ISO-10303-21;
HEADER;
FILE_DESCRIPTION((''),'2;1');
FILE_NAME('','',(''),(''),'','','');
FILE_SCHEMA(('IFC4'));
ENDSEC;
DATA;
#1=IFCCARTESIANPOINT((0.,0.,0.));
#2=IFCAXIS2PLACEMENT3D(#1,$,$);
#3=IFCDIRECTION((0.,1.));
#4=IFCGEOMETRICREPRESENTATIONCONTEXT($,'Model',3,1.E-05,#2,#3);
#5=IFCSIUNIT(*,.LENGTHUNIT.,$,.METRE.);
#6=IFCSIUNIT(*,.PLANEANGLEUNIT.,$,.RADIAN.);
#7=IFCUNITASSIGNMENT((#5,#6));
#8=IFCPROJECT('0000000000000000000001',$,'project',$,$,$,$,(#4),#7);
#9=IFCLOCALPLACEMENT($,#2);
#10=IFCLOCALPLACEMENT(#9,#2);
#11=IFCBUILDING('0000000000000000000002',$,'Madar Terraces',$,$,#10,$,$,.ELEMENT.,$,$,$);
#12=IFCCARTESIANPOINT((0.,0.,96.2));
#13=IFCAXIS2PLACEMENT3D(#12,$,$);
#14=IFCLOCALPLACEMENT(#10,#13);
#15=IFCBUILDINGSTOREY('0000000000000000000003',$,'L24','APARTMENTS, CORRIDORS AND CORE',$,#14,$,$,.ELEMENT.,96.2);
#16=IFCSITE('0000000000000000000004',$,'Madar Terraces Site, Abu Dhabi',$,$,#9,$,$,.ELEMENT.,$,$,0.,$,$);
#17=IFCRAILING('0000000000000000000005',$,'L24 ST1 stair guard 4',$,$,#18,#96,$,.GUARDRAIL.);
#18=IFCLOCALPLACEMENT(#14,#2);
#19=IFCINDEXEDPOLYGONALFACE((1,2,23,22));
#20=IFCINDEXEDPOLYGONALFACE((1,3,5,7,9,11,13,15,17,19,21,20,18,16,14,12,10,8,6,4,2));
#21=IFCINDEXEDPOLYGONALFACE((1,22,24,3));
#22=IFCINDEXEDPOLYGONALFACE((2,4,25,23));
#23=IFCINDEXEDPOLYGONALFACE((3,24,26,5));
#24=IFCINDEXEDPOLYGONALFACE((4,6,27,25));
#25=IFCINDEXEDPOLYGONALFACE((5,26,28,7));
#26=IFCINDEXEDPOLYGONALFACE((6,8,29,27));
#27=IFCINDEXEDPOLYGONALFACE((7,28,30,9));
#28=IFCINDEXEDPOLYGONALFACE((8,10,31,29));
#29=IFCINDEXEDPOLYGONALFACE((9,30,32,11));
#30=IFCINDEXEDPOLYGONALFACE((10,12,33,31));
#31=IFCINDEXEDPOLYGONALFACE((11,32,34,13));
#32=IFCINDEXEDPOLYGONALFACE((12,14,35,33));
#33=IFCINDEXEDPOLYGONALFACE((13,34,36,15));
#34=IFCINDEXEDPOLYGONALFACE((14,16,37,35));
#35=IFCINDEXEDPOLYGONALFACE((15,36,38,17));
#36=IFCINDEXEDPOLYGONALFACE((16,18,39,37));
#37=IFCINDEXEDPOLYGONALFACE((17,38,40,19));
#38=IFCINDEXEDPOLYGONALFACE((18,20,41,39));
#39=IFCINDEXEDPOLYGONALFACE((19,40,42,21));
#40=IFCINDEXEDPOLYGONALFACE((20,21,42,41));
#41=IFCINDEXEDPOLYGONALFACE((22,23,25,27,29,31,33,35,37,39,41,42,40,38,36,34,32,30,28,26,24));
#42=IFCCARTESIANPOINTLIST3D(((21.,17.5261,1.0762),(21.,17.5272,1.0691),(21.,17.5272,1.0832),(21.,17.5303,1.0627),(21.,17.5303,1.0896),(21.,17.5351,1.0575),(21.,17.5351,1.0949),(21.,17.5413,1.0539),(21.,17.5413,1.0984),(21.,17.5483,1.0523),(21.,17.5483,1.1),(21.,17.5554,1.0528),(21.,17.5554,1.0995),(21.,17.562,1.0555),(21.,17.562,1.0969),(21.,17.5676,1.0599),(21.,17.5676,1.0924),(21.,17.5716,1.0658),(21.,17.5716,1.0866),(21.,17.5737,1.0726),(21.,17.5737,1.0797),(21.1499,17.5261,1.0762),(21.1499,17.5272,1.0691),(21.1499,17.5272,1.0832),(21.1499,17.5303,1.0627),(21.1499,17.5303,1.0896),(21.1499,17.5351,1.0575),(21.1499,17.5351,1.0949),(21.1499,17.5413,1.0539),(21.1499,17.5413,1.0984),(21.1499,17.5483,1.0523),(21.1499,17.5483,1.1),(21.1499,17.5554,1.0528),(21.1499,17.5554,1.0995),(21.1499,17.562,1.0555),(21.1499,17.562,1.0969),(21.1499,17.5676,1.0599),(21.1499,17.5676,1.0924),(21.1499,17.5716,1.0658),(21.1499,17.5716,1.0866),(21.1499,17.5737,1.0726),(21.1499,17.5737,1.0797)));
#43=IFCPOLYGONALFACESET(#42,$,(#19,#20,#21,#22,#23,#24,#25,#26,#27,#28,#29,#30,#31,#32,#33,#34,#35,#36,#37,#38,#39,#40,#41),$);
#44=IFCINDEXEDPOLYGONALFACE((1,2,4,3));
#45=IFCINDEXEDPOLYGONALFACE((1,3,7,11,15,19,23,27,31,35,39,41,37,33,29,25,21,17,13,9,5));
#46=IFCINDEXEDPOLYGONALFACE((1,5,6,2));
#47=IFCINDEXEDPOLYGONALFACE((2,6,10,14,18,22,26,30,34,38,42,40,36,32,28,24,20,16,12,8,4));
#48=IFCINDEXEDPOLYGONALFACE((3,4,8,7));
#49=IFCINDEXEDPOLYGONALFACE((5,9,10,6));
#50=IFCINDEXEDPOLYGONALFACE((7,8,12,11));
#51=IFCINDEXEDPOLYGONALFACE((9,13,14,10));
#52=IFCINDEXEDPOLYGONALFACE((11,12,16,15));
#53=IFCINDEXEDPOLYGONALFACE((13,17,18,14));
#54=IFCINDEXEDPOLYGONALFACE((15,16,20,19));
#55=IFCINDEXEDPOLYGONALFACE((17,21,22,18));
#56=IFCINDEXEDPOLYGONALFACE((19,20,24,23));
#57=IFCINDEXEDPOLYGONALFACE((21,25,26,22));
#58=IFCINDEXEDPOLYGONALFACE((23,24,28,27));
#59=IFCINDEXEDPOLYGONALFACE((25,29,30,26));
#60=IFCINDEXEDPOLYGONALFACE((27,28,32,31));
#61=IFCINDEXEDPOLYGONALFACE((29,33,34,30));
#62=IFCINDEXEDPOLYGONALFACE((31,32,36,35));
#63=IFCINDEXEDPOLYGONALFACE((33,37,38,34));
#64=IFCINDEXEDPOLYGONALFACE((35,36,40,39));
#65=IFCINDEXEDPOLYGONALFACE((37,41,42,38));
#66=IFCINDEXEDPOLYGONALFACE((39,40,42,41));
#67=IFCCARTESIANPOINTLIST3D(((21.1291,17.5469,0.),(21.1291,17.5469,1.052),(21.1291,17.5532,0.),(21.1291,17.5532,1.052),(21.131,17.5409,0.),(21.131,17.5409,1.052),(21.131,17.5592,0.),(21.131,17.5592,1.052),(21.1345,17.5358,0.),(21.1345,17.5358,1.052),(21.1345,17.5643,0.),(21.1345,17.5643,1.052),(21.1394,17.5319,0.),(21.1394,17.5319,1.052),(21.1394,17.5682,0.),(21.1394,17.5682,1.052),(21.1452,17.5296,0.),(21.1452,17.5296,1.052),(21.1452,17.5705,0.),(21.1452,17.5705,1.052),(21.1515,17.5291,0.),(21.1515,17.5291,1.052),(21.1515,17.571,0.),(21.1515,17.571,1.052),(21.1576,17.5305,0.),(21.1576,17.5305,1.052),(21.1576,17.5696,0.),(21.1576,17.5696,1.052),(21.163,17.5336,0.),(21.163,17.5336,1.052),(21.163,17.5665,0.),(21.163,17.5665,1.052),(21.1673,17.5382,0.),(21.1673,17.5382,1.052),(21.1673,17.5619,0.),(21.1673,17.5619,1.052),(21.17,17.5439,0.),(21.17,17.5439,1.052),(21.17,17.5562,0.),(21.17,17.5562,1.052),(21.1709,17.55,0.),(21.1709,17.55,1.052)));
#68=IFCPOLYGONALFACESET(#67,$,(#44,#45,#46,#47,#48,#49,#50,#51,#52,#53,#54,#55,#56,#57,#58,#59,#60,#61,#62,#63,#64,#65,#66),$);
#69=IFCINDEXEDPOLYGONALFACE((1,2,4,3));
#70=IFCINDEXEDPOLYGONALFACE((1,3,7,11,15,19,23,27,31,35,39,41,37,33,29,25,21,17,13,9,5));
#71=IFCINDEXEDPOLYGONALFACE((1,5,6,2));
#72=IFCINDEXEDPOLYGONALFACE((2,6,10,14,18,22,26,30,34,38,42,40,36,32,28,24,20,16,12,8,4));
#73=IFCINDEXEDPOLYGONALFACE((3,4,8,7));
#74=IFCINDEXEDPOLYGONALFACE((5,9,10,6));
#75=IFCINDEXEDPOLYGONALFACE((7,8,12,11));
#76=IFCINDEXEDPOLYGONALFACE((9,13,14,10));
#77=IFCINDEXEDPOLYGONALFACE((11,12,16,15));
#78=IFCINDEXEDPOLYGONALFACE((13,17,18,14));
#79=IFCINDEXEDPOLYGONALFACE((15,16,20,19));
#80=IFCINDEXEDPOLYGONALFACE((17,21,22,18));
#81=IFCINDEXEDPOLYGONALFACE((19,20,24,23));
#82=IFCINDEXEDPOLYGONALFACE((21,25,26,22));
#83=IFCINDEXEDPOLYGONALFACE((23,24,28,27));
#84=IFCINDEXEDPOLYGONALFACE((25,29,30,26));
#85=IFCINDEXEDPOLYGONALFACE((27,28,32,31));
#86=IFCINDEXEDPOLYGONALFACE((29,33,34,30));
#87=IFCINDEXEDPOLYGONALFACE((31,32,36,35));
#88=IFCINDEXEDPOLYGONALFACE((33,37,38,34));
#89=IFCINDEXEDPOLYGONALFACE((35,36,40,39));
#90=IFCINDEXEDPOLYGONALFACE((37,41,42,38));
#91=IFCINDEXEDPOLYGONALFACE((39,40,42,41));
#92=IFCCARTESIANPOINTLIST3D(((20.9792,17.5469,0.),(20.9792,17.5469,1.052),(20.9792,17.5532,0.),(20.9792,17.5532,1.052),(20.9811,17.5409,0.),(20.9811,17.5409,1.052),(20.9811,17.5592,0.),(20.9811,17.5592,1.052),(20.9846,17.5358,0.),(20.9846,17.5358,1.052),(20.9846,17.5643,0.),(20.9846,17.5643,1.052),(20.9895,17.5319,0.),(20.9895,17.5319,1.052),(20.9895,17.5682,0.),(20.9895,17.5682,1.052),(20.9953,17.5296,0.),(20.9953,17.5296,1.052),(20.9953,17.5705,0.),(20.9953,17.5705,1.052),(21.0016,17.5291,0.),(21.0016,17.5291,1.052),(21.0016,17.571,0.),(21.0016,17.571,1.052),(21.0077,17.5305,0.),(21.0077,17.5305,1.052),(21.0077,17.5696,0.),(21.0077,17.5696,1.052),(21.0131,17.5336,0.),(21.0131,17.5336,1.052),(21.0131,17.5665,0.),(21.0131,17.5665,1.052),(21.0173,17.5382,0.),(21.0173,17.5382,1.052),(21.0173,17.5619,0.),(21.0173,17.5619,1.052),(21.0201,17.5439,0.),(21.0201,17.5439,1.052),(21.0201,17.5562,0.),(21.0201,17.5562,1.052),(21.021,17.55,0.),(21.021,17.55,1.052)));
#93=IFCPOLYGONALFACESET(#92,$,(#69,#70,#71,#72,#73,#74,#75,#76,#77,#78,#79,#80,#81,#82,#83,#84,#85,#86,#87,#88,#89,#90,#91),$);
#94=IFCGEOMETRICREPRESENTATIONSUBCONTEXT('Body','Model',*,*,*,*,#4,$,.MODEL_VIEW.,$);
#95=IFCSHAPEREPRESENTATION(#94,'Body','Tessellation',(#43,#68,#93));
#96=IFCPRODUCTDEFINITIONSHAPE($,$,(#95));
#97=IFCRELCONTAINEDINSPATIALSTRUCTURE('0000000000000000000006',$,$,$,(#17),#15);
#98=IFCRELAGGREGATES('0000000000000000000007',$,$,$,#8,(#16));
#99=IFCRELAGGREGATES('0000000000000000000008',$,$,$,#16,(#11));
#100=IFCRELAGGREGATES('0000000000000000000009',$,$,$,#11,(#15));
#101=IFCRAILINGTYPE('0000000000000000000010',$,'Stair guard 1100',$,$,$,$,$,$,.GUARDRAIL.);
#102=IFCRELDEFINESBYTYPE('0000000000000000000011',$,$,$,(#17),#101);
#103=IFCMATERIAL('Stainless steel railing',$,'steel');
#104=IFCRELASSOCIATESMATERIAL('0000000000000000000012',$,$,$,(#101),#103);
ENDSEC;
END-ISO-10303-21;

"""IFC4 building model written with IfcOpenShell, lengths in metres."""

from ifc_helpers import new_model, si_unit, direction, frame, origin, origin_2d, place, context, subcontext, project, spatial, circle, extrude, material, type_object, element, save


model = new_model("IFC4")

# Units and contexts
model_context = context("Model", 3, precision=1e-05, world=origin(), true_north=direction((0.0, 1.0)))
body_context = subcontext(model_context, "Body", "Model", "MODEL_VIEW")
ifc_project = project(units=[si_unit("LENGTHUNIT", "METRE"), si_unit("PLANEANGLEUNIT", "RADIAN")], contexts=[model_context])

# Site, building, storey
site_placement = place(None, origin())
site = spatial("IfcSite", under=ifc_project, at=site_placement, Name="Madar Terraces Site, Abu Dhabi", CompositionType="ELEMENT", RefElevation=0.0)
building_placement = place(site_placement, origin())
building = spatial("IfcBuilding", under=site, at=building_placement, Name="Madar Terraces", CompositionType="ELEMENT")
storey_placement = place(building_placement, frame((0.0, 0.0, 96.2)))
storey = spatial("IfcBuildingStorey", under=building, at=storey_placement, Name="L24", Description="APARTMENTS, CORRIDORS AND CORE", CompositionType="ELEMENT", Elevation=96.2)

# Railing
ifc_material_1 = material(Name="Stainless steel railing", Category="steel")
railing_type_1 = type_object("IfcRailingType", Name="Stair guard 1100", PredefinedType="GUARDRAIL", material=ifc_material_1)
railing_1_placement = place(storey_placement, frame((21.1499, 17.55, 0.0)))
element("IfcRailing", 1, at=railing_1_placement, inside=storey, type_object=railing_type_1, Name="L24 ST1 stair guard 4", PredefinedType="GUARDRAIL", context=body_context, shape_type="SweptSolid", body=[
    extrude(circle(Radius=0.0239, at=origin_2d()), frame((0.0, 0.0, 1.0762), z_axis=(-1.0, 0.0, 0.0), x_axis=(0.0, -1.0, 0.0)), (0.0, 0.0, 1.0), 0.1499),
    extrude(circle(Radius=0.021, at=origin_2d()), origin(), (0.0, 0.0, 1.0), 1.052),
    extrude(circle(Radius=0.021, at=origin_2d()), frame((-0.1499, 0.0, 0.0)), (0.0, 0.0, 1.0), 1.052),
])

save(model, "model.ifc")
